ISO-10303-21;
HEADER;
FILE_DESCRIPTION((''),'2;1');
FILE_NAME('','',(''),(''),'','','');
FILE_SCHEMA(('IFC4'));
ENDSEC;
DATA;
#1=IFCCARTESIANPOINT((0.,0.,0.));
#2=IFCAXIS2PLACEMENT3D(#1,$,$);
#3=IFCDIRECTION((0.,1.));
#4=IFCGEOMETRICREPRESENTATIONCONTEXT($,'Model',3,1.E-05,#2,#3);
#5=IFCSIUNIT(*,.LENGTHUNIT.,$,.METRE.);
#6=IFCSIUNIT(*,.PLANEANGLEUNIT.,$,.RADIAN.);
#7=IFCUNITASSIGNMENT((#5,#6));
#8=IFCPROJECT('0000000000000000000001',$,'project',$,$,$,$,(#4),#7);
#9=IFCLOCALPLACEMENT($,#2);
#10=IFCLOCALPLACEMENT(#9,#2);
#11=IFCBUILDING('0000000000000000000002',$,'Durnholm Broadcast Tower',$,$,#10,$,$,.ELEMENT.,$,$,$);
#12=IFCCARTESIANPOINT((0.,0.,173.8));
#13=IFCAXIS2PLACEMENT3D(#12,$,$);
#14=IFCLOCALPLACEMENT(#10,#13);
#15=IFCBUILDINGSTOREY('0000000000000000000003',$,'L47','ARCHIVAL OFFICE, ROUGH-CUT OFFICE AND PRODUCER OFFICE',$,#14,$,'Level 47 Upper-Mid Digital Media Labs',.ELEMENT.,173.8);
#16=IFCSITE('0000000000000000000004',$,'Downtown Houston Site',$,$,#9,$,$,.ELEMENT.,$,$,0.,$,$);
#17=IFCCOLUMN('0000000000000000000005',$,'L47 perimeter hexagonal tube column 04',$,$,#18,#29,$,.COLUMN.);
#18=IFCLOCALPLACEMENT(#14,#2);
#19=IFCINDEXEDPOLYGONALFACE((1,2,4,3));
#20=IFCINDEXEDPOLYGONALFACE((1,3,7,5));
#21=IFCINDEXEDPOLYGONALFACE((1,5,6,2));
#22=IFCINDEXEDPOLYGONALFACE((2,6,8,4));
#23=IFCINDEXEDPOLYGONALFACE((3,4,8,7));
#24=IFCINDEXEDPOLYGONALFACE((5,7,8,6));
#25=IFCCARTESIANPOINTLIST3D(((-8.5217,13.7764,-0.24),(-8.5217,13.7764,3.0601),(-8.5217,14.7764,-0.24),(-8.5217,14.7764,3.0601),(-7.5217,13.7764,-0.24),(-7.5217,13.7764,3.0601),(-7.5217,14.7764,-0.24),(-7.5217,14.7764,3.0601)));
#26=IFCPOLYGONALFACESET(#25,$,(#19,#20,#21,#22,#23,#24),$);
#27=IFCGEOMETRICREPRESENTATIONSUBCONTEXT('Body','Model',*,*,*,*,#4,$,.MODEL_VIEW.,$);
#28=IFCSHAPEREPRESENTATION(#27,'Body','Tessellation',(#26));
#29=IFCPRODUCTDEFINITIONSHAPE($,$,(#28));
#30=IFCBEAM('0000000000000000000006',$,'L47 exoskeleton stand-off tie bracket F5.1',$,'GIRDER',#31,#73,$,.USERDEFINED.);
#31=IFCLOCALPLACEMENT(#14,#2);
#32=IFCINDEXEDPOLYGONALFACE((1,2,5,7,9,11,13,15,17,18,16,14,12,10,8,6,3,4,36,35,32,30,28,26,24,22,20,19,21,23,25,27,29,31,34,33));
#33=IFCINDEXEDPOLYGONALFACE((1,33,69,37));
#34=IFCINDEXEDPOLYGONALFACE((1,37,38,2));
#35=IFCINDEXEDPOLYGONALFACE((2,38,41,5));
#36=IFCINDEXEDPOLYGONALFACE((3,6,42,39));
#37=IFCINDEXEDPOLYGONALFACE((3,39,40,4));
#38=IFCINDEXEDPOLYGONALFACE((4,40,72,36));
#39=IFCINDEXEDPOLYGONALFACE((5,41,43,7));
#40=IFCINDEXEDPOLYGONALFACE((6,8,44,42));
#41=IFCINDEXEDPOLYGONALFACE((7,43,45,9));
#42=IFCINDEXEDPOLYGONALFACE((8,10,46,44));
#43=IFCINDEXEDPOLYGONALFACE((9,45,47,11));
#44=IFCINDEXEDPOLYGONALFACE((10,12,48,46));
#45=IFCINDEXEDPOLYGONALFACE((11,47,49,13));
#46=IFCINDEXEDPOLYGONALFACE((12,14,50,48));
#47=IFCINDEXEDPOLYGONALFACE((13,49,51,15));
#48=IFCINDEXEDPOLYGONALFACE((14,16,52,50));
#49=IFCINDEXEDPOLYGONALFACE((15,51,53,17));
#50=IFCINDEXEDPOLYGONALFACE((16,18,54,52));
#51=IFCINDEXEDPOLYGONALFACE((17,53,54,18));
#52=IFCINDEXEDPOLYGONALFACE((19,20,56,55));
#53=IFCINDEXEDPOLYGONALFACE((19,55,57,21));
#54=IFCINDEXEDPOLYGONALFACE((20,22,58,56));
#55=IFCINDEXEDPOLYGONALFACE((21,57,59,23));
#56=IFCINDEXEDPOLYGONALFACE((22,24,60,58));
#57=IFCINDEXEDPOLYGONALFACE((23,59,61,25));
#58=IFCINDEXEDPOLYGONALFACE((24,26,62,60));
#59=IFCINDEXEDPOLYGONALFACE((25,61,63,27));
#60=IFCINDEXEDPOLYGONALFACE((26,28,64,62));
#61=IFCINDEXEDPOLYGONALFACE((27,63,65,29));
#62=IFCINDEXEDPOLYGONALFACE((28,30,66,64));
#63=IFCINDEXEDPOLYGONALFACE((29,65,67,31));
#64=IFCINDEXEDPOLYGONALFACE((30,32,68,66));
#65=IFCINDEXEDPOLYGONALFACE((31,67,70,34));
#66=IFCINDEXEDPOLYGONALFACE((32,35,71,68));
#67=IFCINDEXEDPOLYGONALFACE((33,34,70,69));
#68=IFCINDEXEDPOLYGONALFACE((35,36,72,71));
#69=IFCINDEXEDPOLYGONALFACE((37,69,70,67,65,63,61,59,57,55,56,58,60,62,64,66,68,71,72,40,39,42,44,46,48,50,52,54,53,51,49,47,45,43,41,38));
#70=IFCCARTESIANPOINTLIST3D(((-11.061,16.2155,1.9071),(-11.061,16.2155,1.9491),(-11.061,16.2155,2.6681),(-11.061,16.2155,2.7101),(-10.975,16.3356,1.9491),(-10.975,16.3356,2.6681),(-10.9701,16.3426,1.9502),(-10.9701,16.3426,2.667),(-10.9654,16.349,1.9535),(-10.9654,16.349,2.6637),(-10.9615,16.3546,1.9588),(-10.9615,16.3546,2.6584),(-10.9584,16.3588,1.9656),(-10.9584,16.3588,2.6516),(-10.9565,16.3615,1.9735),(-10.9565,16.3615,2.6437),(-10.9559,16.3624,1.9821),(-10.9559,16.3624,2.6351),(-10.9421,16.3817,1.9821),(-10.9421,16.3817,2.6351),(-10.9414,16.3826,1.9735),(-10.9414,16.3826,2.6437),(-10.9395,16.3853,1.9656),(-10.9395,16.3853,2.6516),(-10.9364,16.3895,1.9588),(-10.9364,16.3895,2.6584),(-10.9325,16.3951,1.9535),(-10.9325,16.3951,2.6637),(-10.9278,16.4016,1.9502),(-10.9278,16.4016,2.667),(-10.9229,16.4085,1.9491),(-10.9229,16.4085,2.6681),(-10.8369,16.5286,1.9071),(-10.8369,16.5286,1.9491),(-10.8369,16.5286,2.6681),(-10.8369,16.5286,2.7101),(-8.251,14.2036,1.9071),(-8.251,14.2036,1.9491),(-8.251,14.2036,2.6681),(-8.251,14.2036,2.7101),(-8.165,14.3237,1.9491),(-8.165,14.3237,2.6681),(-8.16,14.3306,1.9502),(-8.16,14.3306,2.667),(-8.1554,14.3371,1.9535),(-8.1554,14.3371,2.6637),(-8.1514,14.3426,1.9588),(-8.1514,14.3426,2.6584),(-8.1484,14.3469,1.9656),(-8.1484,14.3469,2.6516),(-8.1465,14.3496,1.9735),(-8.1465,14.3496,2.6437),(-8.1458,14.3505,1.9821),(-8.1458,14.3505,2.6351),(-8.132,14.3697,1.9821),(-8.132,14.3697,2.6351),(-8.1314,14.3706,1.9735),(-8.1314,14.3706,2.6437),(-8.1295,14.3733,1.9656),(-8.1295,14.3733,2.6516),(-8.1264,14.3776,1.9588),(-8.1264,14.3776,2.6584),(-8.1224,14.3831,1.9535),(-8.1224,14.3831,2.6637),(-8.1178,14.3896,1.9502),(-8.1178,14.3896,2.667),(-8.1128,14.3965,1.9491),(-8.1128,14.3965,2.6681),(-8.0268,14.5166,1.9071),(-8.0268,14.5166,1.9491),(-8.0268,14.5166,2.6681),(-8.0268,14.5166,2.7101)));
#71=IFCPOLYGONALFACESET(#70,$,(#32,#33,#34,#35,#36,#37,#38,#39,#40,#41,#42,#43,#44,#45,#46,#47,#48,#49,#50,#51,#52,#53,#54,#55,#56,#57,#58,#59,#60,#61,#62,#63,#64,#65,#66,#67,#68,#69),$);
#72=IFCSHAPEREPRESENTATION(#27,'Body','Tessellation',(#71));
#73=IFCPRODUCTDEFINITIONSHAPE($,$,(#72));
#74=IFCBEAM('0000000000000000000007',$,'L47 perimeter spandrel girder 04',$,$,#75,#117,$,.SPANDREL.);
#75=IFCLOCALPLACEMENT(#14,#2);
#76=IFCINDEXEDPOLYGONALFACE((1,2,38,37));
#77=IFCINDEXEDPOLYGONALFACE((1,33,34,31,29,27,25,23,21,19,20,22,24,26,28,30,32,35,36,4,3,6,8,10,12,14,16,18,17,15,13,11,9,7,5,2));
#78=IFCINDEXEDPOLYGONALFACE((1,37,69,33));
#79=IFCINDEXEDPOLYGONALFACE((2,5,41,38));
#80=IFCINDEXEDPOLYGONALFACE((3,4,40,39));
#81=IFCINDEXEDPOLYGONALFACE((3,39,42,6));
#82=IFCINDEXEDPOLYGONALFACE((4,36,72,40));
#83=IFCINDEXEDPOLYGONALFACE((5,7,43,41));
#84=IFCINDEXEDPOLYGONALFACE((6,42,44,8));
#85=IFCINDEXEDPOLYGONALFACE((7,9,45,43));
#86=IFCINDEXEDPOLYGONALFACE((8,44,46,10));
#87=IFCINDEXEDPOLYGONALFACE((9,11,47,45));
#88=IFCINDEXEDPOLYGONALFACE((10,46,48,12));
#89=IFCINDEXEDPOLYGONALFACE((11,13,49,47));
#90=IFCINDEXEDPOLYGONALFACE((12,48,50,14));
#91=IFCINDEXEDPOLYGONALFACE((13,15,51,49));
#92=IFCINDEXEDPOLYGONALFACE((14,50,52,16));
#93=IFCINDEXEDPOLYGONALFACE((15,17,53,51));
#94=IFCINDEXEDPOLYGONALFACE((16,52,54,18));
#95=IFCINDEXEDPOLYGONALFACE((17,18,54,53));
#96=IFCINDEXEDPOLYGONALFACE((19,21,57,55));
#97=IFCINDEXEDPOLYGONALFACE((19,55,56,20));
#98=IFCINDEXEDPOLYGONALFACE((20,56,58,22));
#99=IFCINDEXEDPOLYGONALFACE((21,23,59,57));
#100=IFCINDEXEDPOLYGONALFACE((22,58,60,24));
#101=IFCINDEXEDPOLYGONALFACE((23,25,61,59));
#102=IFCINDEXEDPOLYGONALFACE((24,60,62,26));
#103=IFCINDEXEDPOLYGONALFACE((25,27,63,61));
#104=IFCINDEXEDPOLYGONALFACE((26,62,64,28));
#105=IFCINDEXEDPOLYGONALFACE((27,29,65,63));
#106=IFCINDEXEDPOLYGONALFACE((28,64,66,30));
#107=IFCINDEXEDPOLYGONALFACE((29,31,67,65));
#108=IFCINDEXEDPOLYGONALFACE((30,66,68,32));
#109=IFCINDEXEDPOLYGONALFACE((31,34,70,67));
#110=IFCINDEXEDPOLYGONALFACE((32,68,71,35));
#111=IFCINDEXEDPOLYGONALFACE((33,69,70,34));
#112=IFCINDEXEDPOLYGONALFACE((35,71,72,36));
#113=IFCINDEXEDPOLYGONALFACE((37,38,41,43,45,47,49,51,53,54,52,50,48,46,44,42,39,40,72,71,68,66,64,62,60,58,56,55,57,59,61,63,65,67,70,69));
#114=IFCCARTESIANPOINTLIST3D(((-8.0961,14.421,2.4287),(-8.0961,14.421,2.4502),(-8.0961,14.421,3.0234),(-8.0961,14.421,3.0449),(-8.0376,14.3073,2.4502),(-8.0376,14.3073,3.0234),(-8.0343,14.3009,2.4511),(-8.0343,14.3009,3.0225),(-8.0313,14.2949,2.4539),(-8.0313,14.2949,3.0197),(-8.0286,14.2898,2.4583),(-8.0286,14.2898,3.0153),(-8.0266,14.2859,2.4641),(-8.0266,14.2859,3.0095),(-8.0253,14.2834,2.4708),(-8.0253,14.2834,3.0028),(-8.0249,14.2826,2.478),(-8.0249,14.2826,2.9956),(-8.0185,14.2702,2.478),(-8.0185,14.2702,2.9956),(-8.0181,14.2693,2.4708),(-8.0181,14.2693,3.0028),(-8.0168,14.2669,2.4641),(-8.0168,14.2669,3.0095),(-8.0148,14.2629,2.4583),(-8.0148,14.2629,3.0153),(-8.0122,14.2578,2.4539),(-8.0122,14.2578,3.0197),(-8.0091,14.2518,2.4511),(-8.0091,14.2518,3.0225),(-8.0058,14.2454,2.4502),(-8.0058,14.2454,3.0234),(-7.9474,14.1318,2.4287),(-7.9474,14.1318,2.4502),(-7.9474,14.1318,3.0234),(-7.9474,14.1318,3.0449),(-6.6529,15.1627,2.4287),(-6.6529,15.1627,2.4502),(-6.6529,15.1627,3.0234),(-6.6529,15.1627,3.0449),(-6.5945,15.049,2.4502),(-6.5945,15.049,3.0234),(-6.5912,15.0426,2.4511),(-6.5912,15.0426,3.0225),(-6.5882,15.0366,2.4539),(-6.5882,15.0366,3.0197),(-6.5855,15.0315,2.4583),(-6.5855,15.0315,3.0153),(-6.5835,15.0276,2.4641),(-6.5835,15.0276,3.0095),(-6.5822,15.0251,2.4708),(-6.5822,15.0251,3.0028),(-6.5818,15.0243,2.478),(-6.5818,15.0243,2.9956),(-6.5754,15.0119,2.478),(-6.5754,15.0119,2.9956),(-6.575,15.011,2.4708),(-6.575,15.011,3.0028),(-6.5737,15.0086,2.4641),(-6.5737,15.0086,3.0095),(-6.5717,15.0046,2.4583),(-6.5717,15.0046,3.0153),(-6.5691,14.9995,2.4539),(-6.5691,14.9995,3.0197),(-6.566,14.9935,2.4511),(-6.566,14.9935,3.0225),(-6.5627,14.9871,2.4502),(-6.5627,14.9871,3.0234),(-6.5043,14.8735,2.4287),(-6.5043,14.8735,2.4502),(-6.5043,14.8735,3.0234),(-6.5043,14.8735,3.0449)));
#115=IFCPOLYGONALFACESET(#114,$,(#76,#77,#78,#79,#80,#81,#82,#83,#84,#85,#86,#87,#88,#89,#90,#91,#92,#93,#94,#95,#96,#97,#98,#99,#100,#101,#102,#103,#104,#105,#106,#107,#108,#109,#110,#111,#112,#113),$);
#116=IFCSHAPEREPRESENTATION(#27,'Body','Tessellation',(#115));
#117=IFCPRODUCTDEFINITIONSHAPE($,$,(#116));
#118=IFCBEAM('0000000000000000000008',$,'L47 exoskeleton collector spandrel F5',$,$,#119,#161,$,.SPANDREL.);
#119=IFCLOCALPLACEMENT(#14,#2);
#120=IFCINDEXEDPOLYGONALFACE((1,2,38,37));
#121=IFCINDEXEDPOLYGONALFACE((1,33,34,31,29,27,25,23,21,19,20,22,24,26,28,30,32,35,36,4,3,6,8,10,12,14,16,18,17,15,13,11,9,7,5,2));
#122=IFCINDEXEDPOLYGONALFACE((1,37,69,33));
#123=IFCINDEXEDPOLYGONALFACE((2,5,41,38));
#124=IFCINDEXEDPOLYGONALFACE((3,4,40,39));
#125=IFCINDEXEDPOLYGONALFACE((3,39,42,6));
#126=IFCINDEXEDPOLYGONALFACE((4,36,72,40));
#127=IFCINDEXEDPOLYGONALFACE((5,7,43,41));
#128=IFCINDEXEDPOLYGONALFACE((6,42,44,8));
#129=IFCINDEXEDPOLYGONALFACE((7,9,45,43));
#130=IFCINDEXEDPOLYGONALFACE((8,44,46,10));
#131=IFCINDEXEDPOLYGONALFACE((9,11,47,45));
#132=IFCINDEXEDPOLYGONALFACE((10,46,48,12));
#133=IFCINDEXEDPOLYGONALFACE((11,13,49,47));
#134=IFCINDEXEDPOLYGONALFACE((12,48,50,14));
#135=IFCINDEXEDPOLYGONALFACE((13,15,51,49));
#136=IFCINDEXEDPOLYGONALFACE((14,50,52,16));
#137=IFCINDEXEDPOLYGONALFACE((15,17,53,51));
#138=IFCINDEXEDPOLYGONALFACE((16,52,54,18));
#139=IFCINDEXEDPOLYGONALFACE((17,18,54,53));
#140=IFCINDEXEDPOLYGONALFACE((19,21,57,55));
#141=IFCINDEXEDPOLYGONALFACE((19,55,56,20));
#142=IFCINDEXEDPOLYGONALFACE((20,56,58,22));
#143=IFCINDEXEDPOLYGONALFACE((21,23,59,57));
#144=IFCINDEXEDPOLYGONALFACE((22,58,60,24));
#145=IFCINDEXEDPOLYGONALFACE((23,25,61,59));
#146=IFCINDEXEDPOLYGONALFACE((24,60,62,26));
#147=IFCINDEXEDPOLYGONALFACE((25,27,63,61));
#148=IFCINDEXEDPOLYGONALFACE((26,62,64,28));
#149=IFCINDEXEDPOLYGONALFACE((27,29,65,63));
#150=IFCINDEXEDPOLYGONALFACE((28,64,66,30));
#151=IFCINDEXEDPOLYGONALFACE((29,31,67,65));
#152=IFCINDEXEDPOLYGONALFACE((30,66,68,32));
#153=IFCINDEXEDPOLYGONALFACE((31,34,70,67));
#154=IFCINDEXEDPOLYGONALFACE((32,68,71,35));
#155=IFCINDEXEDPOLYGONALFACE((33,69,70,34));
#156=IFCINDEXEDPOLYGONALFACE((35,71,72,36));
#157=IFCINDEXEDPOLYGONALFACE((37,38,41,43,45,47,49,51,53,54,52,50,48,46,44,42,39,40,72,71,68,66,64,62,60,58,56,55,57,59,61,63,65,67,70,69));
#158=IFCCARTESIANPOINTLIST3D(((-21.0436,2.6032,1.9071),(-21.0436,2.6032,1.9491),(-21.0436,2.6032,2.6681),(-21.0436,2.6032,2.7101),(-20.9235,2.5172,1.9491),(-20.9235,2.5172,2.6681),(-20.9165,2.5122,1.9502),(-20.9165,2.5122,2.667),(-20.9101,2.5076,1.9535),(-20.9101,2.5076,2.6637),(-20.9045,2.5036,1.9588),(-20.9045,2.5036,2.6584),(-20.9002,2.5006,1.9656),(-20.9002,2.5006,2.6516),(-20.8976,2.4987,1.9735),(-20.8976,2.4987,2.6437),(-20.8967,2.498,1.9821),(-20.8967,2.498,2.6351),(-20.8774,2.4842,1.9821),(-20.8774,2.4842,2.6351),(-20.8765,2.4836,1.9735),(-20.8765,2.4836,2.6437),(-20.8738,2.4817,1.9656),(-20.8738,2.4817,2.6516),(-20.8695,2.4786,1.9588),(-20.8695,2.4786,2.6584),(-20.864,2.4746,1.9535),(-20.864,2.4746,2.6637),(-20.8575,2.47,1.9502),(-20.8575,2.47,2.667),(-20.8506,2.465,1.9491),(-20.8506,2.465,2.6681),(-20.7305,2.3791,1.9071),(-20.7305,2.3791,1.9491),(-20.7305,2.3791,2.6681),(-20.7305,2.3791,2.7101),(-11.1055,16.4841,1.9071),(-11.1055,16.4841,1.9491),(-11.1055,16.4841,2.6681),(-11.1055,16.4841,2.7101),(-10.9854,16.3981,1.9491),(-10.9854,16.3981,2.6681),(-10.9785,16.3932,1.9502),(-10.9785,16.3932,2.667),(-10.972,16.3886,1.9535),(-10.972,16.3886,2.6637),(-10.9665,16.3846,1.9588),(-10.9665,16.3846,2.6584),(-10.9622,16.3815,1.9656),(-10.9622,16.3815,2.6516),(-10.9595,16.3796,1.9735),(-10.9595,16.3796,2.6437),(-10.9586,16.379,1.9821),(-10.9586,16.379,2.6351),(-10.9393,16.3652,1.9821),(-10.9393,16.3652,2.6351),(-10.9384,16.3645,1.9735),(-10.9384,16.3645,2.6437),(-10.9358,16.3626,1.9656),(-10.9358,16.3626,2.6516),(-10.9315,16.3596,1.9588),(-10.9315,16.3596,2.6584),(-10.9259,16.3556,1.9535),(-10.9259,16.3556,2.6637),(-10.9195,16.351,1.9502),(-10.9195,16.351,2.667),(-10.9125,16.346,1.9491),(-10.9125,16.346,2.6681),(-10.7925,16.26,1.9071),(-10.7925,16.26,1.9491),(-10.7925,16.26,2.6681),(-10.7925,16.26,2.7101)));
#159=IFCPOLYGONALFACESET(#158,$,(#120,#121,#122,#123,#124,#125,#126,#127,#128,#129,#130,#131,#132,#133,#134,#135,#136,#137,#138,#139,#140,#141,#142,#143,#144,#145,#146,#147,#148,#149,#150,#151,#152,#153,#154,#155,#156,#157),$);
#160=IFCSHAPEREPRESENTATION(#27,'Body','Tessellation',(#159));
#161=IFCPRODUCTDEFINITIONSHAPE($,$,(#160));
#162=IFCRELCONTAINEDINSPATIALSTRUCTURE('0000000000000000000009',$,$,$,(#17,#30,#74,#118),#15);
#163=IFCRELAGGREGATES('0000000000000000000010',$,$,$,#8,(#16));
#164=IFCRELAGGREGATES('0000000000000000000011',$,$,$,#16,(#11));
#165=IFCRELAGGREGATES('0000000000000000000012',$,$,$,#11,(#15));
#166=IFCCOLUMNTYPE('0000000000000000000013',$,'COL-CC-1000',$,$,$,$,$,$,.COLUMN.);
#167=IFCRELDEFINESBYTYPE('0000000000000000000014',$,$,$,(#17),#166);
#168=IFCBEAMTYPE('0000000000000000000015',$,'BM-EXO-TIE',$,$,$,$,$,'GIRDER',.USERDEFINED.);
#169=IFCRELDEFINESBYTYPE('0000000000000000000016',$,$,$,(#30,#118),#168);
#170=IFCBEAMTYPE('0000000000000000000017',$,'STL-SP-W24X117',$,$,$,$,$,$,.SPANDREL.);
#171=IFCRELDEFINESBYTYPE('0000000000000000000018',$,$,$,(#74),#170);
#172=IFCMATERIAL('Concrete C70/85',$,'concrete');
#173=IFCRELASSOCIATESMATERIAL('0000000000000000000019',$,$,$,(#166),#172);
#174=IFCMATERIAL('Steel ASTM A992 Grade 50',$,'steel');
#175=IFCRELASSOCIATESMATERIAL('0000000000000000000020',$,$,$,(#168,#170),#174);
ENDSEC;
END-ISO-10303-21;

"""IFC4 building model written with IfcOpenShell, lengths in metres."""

from ifc_helpers import new_model, si_unit, direction, frame, origin, origin_2d, place, context, subcontext, project, spatial, rectangle, i_section, extrude, source, transform, mapped, material, material_profile, profile_set, type_object, type_shapes, element, save


model = new_model("IFC4")

# Units and contexts
model_context = context("Model", 3, precision=1e-05, world=origin(), true_north=direction((0.0, 1.0)))
body_context = subcontext(model_context, "Body", "Model", "MODEL_VIEW")
ifc_project = project(units=[si_unit("LENGTHUNIT", "METRE"), si_unit("PLANEANGLEUNIT", "RADIAN")], contexts=[model_context])

# Site, building, storey
site_placement = place(None, origin())
site = spatial("IfcSite", under=ifc_project, at=site_placement, Name="Downtown Houston Site", CompositionType="ELEMENT", RefElevation=0.0)
building_placement = place(site_placement, origin())
building = spatial("IfcBuilding", under=site, at=building_placement, Name="Durnholm Broadcast Tower", CompositionType="ELEMENT")
storey_placement = place(building_placement, frame((0.0, 0.0, 173.8)))
storey = spatial("IfcBuildingStorey", under=building, at=storey_placement, Name="L47", Description="ARCHIVAL OFFICE, ROUGH-CUT OFFICE AND PRODUCER OFFICE", LongName="Level 47 Upper-Mid Digital Media Labs", CompositionType="ELEMENT", Elevation=173.8)

# Column
ifc_material_1 = material(Name="Concrete C70/85", Category="concrete")
ifc_material_profile_1 = material_profile(ifc_material_1, rectangle(XDim=1.0, YDim=1.0, at=origin_2d()), Name="RC1000X1000")
ifc_profile_set_1 = profile_set([ifc_material_profile_1], Name="Concrete C70/85")
column_type = type_object("IfcColumnType", Name="COL-CC-1000", PredefinedType="COLUMN", material=ifc_profile_set_1)
shared_shape_1 = source(origin(), body_context, "Body", "SweptSolid", [
    extrude(rectangle(XDim=1.0, YDim=1.0, at=origin_2d()), origin(), (0.0, 0.0, 1.0), 3.3),
])
type_shapes(column_type, [shared_shape_1])
column_placement = place(storey_placement, frame((-8.0217, 14.2764, -0.24), z_axis=(0.0, 0.0, 1.0), x_axis=(1.0, 0.0, 0.0)))
element("IfcColumn", 1, at=column_placement, inside=storey, type_object=column_type, Name="L47 perimeter hexagonal tube column 04", PredefinedType="COLUMN", context=body_context, shape_type="MappedRepresentation", body=[
    mapped(shared_shape_1, transform((0.0, 0.0, 0.0), x_axis=(1.0, 0.0, 0.0), y_axis=(0.0, 1.0, 0.0), z_axis=(0.0, 0.0, 1.0), scale=1.0)),
])

# Beams
ifc_material_2 = material(Name="Steel ASTM A992 Grade 50", Category="steel")
ifc_material_profile_2 = material_profile(ifc_material_2, i_section(OverallWidth=0.385, OverallDepth=0.803, WebThickness=0.0237, FlangeThickness=0.042, FilletRadius=0.033, at=origin_2d()), Name="W30X261")
ifc_profile_set_2 = profile_set([ifc_material_profile_2], Name="Steel ASTM A992 Grade 50")
beam_type_1 = type_object("IfcBeamType", Name="BM-EXO-TIE", ElementType="GIRDER", PredefinedType="USERDEFINED", material=ifc_profile_set_2)
shared_shape_2 = source(origin(), body_context, "Body", "SweptSolid", [
    extrude(i_section(OverallWidth=0.385, OverallDepth=0.803, WebThickness=0.0237, FlangeThickness=0.042, FilletRadius=0.033, at=origin_2d()), origin(), (0.0, 0.0, 1.0), 3.4561),
])
beam_1_placement = place(storey_placement, frame((-8.1389, 14.3601, 2.3086), z_axis=(-0.813079, 0.582153, 0.0), x_axis=(-0.582153, -0.813079, 0.0)))
element("IfcBeam", 2, at=beam_1_placement, inside=storey, type_object=beam_type_1, Name="L47 exoskeleton stand-off tie bracket F5.1", ObjectType="GIRDER", PredefinedType="USERDEFINED", context=body_context, shape_type="MappedRepresentation", body=[
    mapped(shared_shape_2, transform((0.0, 0.0, 0.0), x_axis=(1.0, 0.0, 0.0), y_axis=(0.0, 1.0, 0.0), z_axis=(0.0, 0.0, 1.0), scale=1.0)),
])
ifc_material_profile_3 = material_profile(ifc_material_2, i_section(OverallWidth=0.3252, OverallDepth=0.6162, WebThickness=0.0139, FlangeThickness=0.0215, FilletRadius=0.0278, at=origin_2d()), Name="W24X117")
ifc_profile_set_3 = profile_set([ifc_material_profile_3], Name="Steel ASTM A992 Grade 50")
beam_type_2 = type_object("IfcBeamType", Name="STL-SP-W24X117", PredefinedType="SPANDREL", material=ifc_profile_set_3)
shared_shape_3 = source(origin(), body_context, "Body", "SweptSolid", [
    extrude(i_section(OverallWidth=0.3252, OverallDepth=0.6162, WebThickness=0.0139, FlangeThickness=0.0215, FilletRadius=0.0278, at=origin_2d()), origin(), (0.0, 0.0, 1.0), 1.6226),
])
type_shapes(beam_type_2, [shared_shape_3])
beam_2_placement = place(storey_placement, frame((-8.0217, 14.2764, 2.7368), z_axis=(0.889407, 0.457117, 0.0), x_axis=(-0.457117, 0.889407, 0.0)))
element("IfcBeam", 3, at=beam_2_placement, inside=storey, type_object=beam_type_2, Name="L47 perimeter spandrel girder 04", PredefinedType="SPANDREL", context=body_context, shape_type="MappedRepresentation", body=[
    mapped(shared_shape_3, transform((0.0, 0.0, 0.0), x_axis=(1.0, 0.0, 0.0), y_axis=(0.0, 1.0, 0.0), z_axis=(0.0, 0.0, 1.0), scale=1.0)),
])
shared_shape_4 = source(origin(), body_context, "Body", "SweptSolid", [
    extrude(i_section(OverallWidth=0.385, OverallDepth=0.803, WebThickness=0.0237, FlangeThickness=0.042, FilletRadius=0.033, at=origin_2d()), origin(), (0.0, 0.0, 1.0), 17.0718),
])
type_shapes(beam_type_1, [shared_shape_2, shared_shape_4])
beam_3_placement = place(storey_placement, frame((-10.949, 16.3721, 2.3086), z_axis=(-0.582133, -0.813093, 0.0), x_axis=(0.813093, -0.582133, 0.0)))
element("IfcBeam", 4, at=beam_3_placement, inside=storey, type_object=beam_type_1, Name="L47 exoskeleton collector spandrel F5", PredefinedType="SPANDREL", context=body_context, shape_type="MappedRepresentation", body=[
    mapped(shared_shape_4, transform((0.0, 0.0, 0.0), x_axis=(1.0, 0.0, 0.0), y_axis=(0.0, 1.0, 0.0), z_axis=(0.0, 0.0, 1.0), scale=1.0)),
])

save(model, "model.ifc")
